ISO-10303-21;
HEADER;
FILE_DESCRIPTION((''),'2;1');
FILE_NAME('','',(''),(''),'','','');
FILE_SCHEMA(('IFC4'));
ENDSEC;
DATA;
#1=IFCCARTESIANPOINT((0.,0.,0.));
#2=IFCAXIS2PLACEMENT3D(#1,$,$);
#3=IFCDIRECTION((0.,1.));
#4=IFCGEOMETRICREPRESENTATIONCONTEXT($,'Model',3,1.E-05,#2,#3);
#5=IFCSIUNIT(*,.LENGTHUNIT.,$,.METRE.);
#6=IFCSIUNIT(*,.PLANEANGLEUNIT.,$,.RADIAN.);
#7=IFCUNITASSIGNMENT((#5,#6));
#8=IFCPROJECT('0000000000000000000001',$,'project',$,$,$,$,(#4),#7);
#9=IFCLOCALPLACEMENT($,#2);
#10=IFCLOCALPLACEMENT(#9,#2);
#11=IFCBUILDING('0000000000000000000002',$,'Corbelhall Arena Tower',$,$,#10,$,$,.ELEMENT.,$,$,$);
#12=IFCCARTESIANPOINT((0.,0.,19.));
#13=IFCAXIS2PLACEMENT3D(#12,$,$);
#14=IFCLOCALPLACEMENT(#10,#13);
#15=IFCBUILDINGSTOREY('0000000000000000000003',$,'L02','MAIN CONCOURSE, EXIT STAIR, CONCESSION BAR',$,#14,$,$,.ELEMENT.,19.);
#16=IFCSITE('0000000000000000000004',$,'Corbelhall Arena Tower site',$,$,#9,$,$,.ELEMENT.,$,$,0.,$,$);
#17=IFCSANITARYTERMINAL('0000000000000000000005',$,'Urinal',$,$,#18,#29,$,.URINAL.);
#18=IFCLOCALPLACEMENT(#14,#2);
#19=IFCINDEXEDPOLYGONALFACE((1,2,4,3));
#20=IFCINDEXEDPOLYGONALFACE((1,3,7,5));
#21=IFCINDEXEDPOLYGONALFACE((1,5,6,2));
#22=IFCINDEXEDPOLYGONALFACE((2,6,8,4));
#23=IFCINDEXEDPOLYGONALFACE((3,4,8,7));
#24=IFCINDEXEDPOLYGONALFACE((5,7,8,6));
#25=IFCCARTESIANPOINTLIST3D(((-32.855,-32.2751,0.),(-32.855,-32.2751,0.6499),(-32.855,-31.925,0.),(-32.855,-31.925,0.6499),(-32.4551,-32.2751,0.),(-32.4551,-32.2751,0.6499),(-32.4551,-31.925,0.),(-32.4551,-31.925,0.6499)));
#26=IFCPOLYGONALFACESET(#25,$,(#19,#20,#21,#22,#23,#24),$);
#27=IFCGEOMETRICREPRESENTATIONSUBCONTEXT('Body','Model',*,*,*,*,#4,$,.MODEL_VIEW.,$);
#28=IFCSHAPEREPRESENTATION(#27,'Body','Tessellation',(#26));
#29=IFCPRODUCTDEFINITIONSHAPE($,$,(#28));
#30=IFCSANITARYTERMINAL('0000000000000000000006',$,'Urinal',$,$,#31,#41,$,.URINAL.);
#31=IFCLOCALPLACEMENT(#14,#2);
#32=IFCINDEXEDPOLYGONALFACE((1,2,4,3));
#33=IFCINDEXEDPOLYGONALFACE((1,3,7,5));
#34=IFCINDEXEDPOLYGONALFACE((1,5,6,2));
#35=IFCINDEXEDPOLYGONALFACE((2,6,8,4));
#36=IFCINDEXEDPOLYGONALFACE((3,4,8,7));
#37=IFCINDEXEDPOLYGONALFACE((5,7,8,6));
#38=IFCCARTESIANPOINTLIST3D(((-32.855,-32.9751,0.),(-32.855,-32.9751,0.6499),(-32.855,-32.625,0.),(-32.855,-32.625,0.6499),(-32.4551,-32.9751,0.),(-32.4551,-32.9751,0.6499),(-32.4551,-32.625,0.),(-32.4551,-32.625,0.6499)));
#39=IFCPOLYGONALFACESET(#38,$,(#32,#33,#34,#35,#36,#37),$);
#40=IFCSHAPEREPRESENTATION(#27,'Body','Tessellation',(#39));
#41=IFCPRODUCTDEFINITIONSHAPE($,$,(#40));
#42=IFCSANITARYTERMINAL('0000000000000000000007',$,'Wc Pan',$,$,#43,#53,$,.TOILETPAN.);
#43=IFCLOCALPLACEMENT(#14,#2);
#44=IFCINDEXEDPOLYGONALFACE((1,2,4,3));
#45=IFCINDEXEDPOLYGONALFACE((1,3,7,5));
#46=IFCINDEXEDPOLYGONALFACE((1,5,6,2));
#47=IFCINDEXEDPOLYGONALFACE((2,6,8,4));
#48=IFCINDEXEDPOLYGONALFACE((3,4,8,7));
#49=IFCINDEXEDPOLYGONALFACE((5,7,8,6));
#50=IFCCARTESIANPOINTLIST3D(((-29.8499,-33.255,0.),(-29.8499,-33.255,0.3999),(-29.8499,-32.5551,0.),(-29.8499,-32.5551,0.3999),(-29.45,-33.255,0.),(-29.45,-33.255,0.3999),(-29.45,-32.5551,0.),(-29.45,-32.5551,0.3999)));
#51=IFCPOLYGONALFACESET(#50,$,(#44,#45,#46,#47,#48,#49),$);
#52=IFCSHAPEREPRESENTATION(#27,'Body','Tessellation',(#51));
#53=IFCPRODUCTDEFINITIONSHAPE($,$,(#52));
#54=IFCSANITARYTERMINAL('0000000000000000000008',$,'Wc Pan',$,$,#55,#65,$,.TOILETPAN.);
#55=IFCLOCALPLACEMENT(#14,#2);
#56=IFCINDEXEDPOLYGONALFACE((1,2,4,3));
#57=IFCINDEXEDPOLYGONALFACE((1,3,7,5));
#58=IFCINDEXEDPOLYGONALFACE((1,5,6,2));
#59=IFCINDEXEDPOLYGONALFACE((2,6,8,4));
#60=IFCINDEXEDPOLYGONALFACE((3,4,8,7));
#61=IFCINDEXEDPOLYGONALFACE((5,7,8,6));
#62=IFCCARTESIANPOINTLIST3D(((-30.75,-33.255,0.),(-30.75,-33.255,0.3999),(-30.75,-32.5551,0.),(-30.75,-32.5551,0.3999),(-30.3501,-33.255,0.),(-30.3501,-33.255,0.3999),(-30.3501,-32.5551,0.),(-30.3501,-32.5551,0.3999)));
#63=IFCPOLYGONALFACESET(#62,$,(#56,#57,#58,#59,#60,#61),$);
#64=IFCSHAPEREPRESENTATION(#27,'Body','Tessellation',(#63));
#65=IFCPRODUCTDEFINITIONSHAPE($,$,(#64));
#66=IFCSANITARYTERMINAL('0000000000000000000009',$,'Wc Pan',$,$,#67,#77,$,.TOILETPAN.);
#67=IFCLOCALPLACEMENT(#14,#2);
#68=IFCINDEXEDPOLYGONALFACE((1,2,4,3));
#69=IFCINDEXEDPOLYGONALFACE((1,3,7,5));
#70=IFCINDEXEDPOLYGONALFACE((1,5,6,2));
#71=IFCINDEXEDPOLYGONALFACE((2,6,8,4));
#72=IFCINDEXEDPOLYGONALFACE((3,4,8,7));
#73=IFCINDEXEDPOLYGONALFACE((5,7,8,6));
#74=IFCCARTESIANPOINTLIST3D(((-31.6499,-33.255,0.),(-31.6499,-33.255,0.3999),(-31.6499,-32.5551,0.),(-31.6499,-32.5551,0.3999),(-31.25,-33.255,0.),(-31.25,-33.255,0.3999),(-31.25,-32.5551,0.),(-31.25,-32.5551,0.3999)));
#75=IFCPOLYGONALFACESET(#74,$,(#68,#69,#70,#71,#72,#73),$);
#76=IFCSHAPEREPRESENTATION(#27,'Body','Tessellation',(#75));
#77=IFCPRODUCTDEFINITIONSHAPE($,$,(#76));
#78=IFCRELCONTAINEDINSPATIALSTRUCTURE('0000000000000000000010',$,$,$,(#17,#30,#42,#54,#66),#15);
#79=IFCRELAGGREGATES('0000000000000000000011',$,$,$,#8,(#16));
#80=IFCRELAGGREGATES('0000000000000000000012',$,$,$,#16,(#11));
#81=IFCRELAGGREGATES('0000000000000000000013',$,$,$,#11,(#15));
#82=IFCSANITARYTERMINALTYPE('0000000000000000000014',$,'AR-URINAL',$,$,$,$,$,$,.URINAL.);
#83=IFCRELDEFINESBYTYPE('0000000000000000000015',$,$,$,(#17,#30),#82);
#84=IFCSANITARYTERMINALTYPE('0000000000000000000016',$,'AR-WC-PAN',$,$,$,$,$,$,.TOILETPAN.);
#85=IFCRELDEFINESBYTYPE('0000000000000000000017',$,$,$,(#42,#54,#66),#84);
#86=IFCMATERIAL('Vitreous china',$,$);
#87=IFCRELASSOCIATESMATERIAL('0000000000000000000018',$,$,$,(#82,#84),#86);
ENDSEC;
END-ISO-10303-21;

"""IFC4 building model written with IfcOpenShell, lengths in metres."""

from ifc_helpers import new_model, si_unit, direction, frame, origin, origin_2d, place, context, subcontext, project, spatial, rectangle, extrude, material, type_object, element, save


model = new_model("IFC4")

# Units and contexts
model_context = context("Model", 3, precision=1e-05, world=origin(), true_north=direction((0.0, 1.0)))
body_context = subcontext(model_context, "Body", "Model", "MODEL_VIEW")
ifc_project = project(units=[si_unit("LENGTHUNIT", "METRE"), si_unit("PLANEANGLEUNIT", "RADIAN")], contexts=[model_context])

# Site, building, storey
site_placement = place(None, origin())
site = spatial("IfcSite", under=ifc_project, at=site_placement, Name="Corbelhall Arena Tower site", CompositionType="ELEMENT", RefElevation=0.0)
building_placement = place(site_placement, origin())
building = spatial("IfcBuilding", under=site, at=building_placement, Name="Corbelhall Arena Tower", CompositionType="ELEMENT")
storey_placement = place(building_placement, frame((0.0, 0.0, 19.0)))
storey = spatial("IfcBuildingStorey", under=building, at=storey_placement, Name="L02", Description="MAIN CONCOURSE, EXIT STAIR, CONCESSION BAR", CompositionType="ELEMENT", Elevation=19.0)

# Sanitary terminals
ifc_material_1 = material(Name="Vitreous china")
sanitary_terminal_type_1 = type_object("IfcSanitaryTerminalType", Name="AR-URINAL", PredefinedType="URINAL", material=ifc_material_1)
for number, where, z_axis, x_axis, name in (
    (1, (-32.655, -32.1001, 0.0), (0.0, 0.0, 1.0), (1.0, 0.0, 0.0), "Urinal"),
    (2, (-32.655, -32.8, 0.0), (0.0, 0.0, 1.0), (1.0, 0.0, 0.0), "Urinal"),
):
    element("IfcSanitaryTerminal", number, at=place(storey_placement, frame(where, z_axis=z_axis, x_axis=x_axis)), inside=storey, type_object=sanitary_terminal_type_1, Name=name, PredefinedType="URINAL", context=body_context, shape_type="SweptSolid", body=[
        extrude(rectangle(XDim=0.3999, YDim=0.3501, at=origin_2d()), origin(), (0.0, 0.0, 1.0), 0.6499),
    ])
sanitary_terminal_type_2 = type_object("IfcSanitaryTerminalType", Name="AR-WC-PAN", PredefinedType="TOILETPAN", material=ifc_material_1)
for number, where, z_axis, x_axis, name in (
    (3, (-29.6499, -32.905, 0.0), (0.0, 0.0, 1.0), (1.0, 0.0, 0.0), "Wc Pan"),
    (4, (-30.55, -32.905, 0.0), (0.0, 0.0, 1.0), (1.0, 0.0, 0.0), "Wc Pan"),
    (5, (-31.45, -32.905, 0.0), (0.0, 0.0, 1.0), (1.0, 0.0, 0.0), "Wc Pan"),
):
    element("IfcSanitaryTerminal", number, at=place(storey_placement, frame(where, z_axis=z_axis, x_axis=x_axis)), inside=storey, type_object=sanitary_terminal_type_2, Name=name, PredefinedType="TOILETPAN", context=body_context, shape_type="SweptSolid", body=[
        extrude(rectangle(XDim=0.3999, YDim=0.7, at=origin_2d()), origin(), (0.0, 0.0, 1.0), 0.3999),
    ])

save(model, "model.ifc")
